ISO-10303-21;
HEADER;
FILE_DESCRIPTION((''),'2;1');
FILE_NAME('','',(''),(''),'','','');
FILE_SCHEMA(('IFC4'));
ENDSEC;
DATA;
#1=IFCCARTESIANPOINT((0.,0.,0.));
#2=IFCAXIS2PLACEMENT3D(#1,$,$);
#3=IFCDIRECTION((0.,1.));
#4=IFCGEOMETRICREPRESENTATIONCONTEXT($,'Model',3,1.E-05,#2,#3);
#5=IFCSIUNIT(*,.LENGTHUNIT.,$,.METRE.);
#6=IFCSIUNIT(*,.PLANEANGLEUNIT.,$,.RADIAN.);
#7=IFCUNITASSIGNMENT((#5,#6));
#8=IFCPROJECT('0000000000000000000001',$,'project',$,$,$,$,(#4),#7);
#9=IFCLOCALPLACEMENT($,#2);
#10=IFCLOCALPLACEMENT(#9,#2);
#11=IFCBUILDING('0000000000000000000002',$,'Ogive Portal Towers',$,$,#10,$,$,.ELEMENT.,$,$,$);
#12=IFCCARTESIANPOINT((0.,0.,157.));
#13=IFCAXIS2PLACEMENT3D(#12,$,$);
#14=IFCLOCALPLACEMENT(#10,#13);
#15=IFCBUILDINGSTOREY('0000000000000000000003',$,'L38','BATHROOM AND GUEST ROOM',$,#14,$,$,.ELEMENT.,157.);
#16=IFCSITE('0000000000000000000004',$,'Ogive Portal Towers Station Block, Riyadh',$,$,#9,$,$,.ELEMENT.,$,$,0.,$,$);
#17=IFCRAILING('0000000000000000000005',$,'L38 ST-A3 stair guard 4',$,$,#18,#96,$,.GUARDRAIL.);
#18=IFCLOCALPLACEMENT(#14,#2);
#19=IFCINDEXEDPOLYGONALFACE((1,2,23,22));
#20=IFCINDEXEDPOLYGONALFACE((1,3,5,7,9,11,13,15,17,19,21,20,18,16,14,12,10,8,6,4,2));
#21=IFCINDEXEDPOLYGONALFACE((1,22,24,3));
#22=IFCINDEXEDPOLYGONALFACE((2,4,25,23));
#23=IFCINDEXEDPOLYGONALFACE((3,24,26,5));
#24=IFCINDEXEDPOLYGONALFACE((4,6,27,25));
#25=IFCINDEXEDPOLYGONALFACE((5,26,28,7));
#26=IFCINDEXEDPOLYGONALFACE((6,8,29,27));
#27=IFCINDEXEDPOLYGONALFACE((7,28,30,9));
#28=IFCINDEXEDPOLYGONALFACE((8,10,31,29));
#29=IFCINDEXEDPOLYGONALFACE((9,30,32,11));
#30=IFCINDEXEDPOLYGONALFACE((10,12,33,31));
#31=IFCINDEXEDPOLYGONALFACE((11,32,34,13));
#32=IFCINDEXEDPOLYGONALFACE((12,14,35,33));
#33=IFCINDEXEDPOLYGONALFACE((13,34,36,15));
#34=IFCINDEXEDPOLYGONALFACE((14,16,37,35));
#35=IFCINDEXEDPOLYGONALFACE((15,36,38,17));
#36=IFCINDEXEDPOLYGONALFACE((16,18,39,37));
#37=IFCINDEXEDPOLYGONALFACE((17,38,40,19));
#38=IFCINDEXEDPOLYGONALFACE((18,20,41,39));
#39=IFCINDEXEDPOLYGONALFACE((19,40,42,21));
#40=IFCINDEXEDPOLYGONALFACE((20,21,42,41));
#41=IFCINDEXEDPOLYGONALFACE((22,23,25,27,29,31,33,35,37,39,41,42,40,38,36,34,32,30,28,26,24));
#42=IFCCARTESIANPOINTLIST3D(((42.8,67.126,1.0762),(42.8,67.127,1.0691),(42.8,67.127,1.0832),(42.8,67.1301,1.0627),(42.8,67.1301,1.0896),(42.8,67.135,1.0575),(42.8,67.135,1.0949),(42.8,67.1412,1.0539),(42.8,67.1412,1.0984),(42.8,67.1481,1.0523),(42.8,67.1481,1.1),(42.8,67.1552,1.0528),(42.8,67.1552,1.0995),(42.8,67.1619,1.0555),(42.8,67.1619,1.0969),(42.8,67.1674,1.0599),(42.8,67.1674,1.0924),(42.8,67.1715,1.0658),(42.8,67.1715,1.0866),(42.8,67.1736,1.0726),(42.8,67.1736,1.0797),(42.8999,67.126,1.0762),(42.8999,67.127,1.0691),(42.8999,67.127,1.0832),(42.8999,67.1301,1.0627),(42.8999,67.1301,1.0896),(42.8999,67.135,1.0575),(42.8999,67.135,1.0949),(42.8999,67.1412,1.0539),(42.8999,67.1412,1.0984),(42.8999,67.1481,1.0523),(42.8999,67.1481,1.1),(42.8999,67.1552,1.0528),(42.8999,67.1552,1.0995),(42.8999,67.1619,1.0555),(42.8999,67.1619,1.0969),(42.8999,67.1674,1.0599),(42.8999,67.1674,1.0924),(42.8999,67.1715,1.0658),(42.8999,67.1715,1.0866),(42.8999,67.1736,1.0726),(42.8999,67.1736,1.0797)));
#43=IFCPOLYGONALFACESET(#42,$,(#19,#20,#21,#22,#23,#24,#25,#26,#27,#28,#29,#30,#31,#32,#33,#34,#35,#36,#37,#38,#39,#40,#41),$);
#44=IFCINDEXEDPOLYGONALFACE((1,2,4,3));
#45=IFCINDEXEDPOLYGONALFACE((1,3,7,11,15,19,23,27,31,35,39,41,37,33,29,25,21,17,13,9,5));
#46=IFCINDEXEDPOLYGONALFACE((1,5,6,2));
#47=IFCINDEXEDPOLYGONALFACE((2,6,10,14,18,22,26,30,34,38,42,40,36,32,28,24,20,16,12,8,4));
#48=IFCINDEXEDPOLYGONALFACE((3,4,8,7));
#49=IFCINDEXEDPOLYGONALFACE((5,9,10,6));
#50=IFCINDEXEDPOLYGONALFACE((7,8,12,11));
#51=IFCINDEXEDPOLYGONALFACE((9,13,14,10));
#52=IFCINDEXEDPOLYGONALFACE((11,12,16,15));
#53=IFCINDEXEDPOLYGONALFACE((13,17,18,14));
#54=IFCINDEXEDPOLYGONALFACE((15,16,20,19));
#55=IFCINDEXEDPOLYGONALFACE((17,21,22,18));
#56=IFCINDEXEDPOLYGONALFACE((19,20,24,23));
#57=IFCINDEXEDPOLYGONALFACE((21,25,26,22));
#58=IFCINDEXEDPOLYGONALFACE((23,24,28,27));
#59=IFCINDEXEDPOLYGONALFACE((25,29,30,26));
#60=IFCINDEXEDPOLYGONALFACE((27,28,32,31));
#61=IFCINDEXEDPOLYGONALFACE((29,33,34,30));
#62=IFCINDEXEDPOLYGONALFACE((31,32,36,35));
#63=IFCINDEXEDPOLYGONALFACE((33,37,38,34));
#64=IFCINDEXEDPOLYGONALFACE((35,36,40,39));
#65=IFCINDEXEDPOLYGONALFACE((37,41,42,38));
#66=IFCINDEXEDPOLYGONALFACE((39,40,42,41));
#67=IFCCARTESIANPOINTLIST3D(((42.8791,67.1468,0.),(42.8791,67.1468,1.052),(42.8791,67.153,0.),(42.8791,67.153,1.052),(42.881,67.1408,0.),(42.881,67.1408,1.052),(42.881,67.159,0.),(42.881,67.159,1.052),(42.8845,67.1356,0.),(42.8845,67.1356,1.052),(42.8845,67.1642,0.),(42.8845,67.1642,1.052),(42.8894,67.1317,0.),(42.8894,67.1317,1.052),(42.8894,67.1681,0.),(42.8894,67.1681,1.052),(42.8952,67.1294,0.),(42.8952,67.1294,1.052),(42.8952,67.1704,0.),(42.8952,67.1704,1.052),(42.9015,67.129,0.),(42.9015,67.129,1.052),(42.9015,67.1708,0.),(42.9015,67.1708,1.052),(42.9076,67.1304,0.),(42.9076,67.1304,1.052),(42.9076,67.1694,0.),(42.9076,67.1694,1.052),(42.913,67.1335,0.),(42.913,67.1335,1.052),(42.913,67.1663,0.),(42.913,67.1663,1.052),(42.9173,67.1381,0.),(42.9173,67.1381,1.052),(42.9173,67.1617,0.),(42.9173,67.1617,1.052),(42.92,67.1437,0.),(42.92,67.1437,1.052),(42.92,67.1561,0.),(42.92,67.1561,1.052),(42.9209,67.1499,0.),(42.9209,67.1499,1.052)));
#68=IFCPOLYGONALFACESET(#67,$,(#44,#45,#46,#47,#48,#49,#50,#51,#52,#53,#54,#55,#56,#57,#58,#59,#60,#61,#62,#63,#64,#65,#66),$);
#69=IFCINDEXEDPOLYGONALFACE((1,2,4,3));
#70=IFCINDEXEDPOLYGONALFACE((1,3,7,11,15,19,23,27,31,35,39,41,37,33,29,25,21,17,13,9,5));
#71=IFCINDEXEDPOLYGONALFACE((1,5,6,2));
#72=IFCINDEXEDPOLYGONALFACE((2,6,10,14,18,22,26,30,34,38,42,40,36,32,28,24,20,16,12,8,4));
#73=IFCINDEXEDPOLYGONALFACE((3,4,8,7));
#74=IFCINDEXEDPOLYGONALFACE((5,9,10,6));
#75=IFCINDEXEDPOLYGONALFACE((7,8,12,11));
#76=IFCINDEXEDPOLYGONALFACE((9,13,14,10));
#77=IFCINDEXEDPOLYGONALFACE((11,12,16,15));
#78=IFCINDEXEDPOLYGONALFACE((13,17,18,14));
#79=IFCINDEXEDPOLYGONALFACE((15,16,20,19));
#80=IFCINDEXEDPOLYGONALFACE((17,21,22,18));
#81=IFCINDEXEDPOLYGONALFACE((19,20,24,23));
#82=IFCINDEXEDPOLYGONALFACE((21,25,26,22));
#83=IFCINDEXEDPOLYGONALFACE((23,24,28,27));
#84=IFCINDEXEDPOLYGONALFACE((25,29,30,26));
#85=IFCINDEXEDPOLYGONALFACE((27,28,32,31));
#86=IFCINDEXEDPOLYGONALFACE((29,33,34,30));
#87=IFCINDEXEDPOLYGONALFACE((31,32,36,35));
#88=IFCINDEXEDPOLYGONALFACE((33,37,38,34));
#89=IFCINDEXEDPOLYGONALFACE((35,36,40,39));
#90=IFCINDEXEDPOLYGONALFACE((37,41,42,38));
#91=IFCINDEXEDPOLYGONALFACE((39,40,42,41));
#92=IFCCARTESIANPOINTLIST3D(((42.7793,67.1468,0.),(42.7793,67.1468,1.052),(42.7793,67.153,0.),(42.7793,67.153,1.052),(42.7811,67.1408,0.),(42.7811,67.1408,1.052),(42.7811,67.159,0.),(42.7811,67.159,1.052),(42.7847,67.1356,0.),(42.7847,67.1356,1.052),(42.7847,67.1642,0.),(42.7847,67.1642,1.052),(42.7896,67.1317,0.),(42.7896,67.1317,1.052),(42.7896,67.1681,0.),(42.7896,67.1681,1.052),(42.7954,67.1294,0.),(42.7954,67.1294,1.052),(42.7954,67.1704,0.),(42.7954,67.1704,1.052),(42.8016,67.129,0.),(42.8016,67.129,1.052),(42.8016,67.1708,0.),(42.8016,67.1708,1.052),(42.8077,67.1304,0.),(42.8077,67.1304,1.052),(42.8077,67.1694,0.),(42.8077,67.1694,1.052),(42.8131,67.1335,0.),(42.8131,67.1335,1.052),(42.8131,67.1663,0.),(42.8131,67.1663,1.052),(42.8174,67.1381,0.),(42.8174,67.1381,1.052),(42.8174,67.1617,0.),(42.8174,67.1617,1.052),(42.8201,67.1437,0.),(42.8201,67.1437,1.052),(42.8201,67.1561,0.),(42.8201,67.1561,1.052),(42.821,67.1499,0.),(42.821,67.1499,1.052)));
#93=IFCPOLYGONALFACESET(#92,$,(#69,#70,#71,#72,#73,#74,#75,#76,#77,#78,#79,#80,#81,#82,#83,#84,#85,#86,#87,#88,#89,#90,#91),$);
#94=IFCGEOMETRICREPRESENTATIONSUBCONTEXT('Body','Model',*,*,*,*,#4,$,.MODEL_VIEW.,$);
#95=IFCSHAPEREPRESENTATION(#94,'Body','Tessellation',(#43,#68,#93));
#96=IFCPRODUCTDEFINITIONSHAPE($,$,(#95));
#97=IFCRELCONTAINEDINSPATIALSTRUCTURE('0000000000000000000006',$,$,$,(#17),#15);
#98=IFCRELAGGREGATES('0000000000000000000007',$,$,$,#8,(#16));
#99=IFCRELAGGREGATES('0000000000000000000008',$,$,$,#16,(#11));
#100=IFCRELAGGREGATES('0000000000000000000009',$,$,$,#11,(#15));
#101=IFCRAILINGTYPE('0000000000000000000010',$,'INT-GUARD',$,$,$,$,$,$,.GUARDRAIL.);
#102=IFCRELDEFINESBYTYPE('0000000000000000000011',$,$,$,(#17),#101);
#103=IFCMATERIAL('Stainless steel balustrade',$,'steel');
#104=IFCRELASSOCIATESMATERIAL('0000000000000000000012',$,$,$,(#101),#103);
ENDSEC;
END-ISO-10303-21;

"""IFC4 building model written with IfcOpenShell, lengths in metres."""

from ifc_helpers import new_model, si_unit, direction, frame, origin, origin_2d, place, context, subcontext, project, spatial, circle, extrude, material, type_object, element, save


model = new_model("IFC4")

# Units and contexts
model_context = context("Model", 3, precision=1e-05, world=origin(), true_north=direction((0.0, 1.0)))
body_context = subcontext(model_context, "Body", "Model", "MODEL_VIEW")
ifc_project = project(units=[si_unit("LENGTHUNIT", "METRE"), si_unit("PLANEANGLEUNIT", "RADIAN")], contexts=[model_context])

# Site, building, storey
site_placement = place(None, origin())
site = spatial("IfcSite", under=ifc_project, at=site_placement, Name="Ogive Portal Towers Station Block, Riyadh", CompositionType="ELEMENT", RefElevation=0.0)
building_placement = place(site_placement, origin())
building = spatial("IfcBuilding", under=site, at=building_placement, Name="Ogive Portal Towers", CompositionType="ELEMENT")
storey_placement = place(building_placement, frame((0.0, 0.0, 157.0)))
storey = spatial("IfcBuildingStorey", under=building, at=storey_placement, Name="L38", Description="BATHROOM AND GUEST ROOM", CompositionType="ELEMENT", Elevation=157.0)

# Railing
ifc_material_1 = material(Name="Stainless steel balustrade", Category="steel")
railing_type_1 = type_object("IfcRailingType", Name="INT-GUARD", PredefinedType="GUARDRAIL", material=ifc_material_1)
railing_1_placement = place(storey_placement, frame((42.8999, 67.1499, 0.0)))
element("IfcRailing", 1, at=railing_1_placement, inside=storey, type_object=railing_type_1, Name="L38 ST-A3 stair guard 4", PredefinedType="GUARDRAIL", context=body_context, shape_type="SweptSolid", body=[
    extrude(circle(Radius=0.0239, at=origin_2d()), frame((0.0, 0.0, 1.0762), z_axis=(-1.0, 0.0, 0.0), x_axis=(0.0, -1.0, 0.0)), (0.0, 0.0, 1.0), 0.0999),
    extrude(circle(Radius=0.021, at=origin_2d()), origin(), (0.0, 0.0, 1.0), 1.052),
    extrude(circle(Radius=0.021, at=origin_2d()), frame((-0.0999, 0.0, 0.0)), (0.0, 0.0, 1.0), 1.052),
])

save(model, "model.ifc")
